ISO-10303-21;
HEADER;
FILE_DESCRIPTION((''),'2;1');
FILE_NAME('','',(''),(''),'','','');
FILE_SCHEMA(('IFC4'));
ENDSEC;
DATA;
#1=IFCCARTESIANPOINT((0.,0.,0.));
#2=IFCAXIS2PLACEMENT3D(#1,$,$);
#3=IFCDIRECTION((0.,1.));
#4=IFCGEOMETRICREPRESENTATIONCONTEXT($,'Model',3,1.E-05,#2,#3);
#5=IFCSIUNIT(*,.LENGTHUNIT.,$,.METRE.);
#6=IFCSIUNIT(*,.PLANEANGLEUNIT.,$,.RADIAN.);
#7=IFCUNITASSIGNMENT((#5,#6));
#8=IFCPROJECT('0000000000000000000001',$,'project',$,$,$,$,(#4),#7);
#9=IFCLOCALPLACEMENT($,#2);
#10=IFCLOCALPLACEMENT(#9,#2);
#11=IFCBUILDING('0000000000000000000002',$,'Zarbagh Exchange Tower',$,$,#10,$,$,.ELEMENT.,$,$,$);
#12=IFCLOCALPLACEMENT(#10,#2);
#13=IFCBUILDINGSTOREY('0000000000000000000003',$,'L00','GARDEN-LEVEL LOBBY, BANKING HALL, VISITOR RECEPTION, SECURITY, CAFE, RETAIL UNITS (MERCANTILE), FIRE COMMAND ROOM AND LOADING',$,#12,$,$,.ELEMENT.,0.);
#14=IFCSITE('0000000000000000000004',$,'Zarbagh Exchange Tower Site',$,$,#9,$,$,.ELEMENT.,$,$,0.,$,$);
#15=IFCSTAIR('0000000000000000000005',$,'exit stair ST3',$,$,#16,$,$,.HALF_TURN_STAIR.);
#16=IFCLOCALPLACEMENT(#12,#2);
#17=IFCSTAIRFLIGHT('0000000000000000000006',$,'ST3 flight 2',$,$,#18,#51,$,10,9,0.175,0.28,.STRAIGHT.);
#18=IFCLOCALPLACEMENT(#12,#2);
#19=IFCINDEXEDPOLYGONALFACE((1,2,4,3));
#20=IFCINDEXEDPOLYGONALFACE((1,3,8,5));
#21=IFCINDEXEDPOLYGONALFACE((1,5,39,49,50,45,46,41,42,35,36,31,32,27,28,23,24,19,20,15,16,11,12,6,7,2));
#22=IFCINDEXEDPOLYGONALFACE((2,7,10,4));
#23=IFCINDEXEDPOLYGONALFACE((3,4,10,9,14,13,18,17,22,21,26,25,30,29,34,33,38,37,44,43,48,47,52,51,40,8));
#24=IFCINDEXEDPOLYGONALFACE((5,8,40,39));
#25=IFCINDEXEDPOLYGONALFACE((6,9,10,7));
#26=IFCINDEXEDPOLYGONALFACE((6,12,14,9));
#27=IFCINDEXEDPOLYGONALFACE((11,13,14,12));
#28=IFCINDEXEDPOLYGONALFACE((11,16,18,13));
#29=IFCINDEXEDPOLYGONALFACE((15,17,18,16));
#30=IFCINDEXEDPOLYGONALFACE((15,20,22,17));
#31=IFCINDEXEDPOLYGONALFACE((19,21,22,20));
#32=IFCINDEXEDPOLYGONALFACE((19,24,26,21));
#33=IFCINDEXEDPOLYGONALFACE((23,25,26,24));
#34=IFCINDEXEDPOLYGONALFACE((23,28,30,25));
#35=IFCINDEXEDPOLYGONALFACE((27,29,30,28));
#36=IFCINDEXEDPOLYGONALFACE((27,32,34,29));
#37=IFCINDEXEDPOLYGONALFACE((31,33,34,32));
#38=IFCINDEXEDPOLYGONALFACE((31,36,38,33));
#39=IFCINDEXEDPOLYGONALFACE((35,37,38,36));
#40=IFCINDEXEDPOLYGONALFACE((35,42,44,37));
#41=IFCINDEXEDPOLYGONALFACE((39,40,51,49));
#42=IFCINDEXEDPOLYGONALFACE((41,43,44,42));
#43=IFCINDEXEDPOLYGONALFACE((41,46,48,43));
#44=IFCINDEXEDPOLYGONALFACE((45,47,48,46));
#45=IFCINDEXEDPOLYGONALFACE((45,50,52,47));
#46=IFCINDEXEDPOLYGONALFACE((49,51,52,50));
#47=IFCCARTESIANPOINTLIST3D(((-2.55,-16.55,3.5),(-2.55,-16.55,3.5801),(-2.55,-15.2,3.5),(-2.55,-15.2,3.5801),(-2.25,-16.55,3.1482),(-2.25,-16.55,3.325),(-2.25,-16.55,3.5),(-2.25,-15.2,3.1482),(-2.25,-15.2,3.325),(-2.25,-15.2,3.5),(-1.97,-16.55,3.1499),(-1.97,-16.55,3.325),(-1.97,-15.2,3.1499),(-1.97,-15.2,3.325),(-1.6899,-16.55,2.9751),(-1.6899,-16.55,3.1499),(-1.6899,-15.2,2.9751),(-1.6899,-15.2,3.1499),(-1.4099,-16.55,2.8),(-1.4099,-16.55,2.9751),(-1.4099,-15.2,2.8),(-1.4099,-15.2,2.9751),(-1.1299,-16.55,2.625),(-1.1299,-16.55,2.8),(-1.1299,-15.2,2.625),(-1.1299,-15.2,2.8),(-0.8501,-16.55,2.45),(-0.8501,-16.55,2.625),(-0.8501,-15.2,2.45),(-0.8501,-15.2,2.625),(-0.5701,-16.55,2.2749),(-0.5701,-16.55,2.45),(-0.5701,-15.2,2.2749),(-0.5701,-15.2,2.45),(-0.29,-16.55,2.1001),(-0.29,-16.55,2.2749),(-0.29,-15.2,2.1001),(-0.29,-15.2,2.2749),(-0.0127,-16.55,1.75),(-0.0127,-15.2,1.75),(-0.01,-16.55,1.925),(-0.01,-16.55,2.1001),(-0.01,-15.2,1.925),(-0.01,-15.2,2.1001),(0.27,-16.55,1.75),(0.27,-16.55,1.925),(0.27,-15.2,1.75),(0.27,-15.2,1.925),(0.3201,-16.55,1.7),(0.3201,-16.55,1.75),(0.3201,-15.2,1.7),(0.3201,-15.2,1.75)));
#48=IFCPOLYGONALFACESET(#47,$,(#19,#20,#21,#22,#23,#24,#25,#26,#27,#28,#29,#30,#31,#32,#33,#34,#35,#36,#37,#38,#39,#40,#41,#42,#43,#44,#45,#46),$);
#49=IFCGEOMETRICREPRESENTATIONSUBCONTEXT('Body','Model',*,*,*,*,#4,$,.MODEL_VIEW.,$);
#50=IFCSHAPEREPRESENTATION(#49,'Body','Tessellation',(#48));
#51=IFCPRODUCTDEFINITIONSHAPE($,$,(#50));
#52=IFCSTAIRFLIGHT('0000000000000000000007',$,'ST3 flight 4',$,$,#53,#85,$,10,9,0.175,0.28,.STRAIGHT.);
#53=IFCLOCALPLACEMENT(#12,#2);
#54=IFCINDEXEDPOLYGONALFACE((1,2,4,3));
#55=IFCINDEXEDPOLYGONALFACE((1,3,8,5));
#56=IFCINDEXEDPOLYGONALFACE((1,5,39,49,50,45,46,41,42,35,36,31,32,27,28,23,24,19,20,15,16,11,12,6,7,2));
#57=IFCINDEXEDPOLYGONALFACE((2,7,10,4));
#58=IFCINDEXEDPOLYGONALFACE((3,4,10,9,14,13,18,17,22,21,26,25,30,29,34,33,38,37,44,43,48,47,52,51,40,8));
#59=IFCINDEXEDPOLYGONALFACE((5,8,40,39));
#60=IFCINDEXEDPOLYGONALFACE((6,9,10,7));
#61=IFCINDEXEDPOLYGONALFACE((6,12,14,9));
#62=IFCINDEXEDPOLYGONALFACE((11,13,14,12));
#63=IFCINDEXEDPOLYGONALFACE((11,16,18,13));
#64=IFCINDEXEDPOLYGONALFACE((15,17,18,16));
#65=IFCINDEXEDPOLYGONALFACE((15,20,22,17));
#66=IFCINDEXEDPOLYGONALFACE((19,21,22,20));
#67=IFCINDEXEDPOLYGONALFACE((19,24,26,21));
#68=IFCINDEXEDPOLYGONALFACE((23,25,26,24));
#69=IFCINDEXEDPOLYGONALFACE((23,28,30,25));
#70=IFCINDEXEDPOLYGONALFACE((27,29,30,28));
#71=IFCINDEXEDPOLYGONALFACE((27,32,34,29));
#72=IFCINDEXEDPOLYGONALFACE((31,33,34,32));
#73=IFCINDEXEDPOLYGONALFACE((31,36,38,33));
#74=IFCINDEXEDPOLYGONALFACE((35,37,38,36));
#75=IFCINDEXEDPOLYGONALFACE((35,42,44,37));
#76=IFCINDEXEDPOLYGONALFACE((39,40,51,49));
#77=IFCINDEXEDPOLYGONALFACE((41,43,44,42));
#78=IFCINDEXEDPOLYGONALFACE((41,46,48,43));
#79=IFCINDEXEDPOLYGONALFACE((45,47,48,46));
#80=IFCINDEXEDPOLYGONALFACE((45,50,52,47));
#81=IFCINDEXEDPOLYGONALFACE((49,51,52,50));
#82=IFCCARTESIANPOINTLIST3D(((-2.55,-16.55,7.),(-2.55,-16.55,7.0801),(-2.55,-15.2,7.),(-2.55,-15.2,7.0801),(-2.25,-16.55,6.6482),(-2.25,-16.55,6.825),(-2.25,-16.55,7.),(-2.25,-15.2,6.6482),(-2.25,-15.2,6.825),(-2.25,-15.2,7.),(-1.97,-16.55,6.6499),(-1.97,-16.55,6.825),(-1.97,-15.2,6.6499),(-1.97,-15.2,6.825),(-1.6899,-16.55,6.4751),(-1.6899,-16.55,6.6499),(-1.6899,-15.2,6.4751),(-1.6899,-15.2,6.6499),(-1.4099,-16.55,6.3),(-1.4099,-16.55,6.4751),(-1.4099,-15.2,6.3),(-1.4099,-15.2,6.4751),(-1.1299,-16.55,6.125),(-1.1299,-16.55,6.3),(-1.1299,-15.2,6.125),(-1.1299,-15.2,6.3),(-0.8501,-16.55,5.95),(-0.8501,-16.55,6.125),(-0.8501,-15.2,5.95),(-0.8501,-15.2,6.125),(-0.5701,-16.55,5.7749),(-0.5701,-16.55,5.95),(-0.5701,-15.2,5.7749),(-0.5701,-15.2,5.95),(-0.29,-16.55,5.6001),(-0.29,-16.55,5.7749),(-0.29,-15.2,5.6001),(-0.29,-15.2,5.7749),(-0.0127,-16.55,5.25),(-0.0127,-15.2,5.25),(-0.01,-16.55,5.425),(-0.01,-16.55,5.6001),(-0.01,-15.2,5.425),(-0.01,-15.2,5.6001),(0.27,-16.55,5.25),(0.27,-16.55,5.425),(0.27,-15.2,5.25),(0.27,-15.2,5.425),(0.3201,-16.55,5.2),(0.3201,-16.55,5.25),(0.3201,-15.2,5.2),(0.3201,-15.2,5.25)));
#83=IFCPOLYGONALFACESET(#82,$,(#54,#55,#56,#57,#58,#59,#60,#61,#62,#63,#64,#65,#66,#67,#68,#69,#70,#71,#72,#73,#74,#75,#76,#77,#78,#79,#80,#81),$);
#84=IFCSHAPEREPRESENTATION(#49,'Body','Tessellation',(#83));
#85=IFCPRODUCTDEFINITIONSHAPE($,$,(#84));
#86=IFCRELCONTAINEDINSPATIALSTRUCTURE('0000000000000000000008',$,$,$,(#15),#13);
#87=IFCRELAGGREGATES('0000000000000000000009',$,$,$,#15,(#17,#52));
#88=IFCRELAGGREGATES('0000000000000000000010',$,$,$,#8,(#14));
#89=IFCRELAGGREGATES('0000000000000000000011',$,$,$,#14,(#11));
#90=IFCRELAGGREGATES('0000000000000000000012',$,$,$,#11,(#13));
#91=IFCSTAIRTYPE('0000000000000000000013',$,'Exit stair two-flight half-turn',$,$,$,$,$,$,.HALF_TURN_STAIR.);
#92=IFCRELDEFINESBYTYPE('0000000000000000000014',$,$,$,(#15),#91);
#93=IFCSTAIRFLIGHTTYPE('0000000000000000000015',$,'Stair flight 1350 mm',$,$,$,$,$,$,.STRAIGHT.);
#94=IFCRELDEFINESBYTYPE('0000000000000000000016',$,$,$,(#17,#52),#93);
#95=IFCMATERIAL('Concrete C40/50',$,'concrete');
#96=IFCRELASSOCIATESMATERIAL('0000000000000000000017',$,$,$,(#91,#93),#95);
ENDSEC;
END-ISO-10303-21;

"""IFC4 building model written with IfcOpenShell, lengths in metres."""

from ifc_helpers import new_model, si_unit, direction, frame, origin, place, context, subcontext, project, spatial, polyline, outline, extrude, material, type_object, element, aggregate, save


model = new_model("IFC4")

# Units and contexts
model_context = context("Model", 3, precision=1e-05, world=origin(), true_north=direction((0.0, 1.0)))
body_context = subcontext(model_context, "Body", "Model", "MODEL_VIEW")
ifc_project = project(units=[si_unit("LENGTHUNIT", "METRE"), si_unit("PLANEANGLEUNIT", "RADIAN")], contexts=[model_context])

# Site, building, storey
site_placement = place(None, origin())
site = spatial("IfcSite", under=ifc_project, at=site_placement, Name="Zarbagh Exchange Tower Site", CompositionType="ELEMENT", RefElevation=0.0)
building_placement = place(site_placement, origin())
building = spatial("IfcBuilding", under=site, at=building_placement, Name="Zarbagh Exchange Tower", CompositionType="ELEMENT")
storey_placement = place(building_placement, origin())
storey = spatial("IfcBuildingStorey", under=building, at=storey_placement, Name="L00", Description="GARDEN-LEVEL LOBBY, BANKING HALL, VISITOR RECEPTION, SECURITY, CAFE, RETAIL UNITS (MERCANTILE), FIRE COMMAND ROOM AND LOADING", CompositionType="ELEMENT", Elevation=0.0)

# Shared definitions
ifc_material_1 = material(Name="Concrete C40/50", Category="concrete")

# Stair, stair flights
stair_type = type_object("IfcStairType", Name="Exit stair two-flight half-turn", PredefinedType="HALF_TURN_STAIR", material=ifc_material_1)
stair_placement = place(storey_placement, origin())
stair = element("IfcStair", 1, at=stair_placement, inside=storey, type_object=stair_type, Name="exit stair ST3", PredefinedType="HALF_TURN_STAIR")
stair_flight_type = type_object("IfcStairFlightType", Name="Stair flight 1350 mm", PredefinedType="STRAIGHT", material=ifc_material_1)
stair_flight_1_placement = place(storey_placement, frame((0.27, -15.875, 1.75), z_axis=(0.0, 0.0, 1.0), x_axis=(-1.0, 0.0, 0.0)))
stair_flight_1 = element("IfcStairFlight", 2, at=stair_flight_1_placement, type_object=stair_flight_type, Name="ST3 flight 2", NumberOfRisers=10, NumberOfTreads=9, PredefinedType="STRAIGHT", RiserHeight=0.175, TreadLength=0.28, context=body_context, shape_type="SweptSolid", body=[
    extrude(outline(polyline([(-0.05, -0.05), (-0.05, 0.0), (0.0, 0.0), (0.0, 0.175), (0.28, 0.175), (0.28, 0.3501), (0.5601, 0.3501), (0.5601, 0.5249), (0.8401, 0.5249), (0.8401, 0.7), (1.1201, 0.7), (1.1201, 0.875), (1.3999, 0.875), (1.3999, 1.05), (1.6799, 1.05), (1.6799, 1.2251), (1.96, 1.2251), (1.96, 1.3999), (2.24, 1.3999), (2.24, 1.575), (2.52, 1.575), (2.52, 1.75), (2.8201, 1.8301), (2.8201, 1.75), (2.52, 1.3982), (0.2827, 0.0), (-0.05, -0.05)])), frame((0.0, 0.675, 0.0), z_axis=(0.0, -1.0, 0.0), x_axis=(1.0, 0.0, 0.0)), (0.0, 0.0, 1.0), 1.3501),
])
stair_flight_2_placement = place(storey_placement, frame((0.27, -15.875, 5.25), z_axis=(0.0, 0.0, 1.0), x_axis=(-1.0, 0.0, 0.0)))
stair_flight_2 = element("IfcStairFlight", 3, at=stair_flight_2_placement, type_object=stair_flight_type, Name="ST3 flight 4", NumberOfRisers=10, NumberOfTreads=9, PredefinedType="STRAIGHT", RiserHeight=0.175, TreadLength=0.28, context=body_context, shape_type="SweptSolid", body=[
    extrude(outline(polyline([(-0.05, -0.05), (-0.05, 0.0), (0.0, 0.0), (0.0, 0.175), (0.28, 0.175), (0.28, 0.3501), (0.5601, 0.3501), (0.5601, 0.5249), (0.8401, 0.5249), (0.8401, 0.7), (1.1201, 0.7), (1.1201, 0.875), (1.3999, 0.875), (1.3999, 1.05), (1.6799, 1.05), (1.6799, 1.2251), (1.96, 1.2251), (1.96, 1.3999), (2.24, 1.3999), (2.24, 1.575), (2.52, 1.575), (2.52, 1.75), (2.8201, 1.8301), (2.8201, 1.75), (2.52, 1.3982), (0.2827, 0.0), (-0.05, -0.05)])), frame((0.0, 0.675, 0.0), z_axis=(0.0, -1.0, 0.0), x_axis=(1.0, 0.0, 0.0)), (0.0, 0.0, 1.0), 1.3501),
])
aggregate(stair, [stair_flight_1, stair_flight_2])

save(model, "model.ifc")
